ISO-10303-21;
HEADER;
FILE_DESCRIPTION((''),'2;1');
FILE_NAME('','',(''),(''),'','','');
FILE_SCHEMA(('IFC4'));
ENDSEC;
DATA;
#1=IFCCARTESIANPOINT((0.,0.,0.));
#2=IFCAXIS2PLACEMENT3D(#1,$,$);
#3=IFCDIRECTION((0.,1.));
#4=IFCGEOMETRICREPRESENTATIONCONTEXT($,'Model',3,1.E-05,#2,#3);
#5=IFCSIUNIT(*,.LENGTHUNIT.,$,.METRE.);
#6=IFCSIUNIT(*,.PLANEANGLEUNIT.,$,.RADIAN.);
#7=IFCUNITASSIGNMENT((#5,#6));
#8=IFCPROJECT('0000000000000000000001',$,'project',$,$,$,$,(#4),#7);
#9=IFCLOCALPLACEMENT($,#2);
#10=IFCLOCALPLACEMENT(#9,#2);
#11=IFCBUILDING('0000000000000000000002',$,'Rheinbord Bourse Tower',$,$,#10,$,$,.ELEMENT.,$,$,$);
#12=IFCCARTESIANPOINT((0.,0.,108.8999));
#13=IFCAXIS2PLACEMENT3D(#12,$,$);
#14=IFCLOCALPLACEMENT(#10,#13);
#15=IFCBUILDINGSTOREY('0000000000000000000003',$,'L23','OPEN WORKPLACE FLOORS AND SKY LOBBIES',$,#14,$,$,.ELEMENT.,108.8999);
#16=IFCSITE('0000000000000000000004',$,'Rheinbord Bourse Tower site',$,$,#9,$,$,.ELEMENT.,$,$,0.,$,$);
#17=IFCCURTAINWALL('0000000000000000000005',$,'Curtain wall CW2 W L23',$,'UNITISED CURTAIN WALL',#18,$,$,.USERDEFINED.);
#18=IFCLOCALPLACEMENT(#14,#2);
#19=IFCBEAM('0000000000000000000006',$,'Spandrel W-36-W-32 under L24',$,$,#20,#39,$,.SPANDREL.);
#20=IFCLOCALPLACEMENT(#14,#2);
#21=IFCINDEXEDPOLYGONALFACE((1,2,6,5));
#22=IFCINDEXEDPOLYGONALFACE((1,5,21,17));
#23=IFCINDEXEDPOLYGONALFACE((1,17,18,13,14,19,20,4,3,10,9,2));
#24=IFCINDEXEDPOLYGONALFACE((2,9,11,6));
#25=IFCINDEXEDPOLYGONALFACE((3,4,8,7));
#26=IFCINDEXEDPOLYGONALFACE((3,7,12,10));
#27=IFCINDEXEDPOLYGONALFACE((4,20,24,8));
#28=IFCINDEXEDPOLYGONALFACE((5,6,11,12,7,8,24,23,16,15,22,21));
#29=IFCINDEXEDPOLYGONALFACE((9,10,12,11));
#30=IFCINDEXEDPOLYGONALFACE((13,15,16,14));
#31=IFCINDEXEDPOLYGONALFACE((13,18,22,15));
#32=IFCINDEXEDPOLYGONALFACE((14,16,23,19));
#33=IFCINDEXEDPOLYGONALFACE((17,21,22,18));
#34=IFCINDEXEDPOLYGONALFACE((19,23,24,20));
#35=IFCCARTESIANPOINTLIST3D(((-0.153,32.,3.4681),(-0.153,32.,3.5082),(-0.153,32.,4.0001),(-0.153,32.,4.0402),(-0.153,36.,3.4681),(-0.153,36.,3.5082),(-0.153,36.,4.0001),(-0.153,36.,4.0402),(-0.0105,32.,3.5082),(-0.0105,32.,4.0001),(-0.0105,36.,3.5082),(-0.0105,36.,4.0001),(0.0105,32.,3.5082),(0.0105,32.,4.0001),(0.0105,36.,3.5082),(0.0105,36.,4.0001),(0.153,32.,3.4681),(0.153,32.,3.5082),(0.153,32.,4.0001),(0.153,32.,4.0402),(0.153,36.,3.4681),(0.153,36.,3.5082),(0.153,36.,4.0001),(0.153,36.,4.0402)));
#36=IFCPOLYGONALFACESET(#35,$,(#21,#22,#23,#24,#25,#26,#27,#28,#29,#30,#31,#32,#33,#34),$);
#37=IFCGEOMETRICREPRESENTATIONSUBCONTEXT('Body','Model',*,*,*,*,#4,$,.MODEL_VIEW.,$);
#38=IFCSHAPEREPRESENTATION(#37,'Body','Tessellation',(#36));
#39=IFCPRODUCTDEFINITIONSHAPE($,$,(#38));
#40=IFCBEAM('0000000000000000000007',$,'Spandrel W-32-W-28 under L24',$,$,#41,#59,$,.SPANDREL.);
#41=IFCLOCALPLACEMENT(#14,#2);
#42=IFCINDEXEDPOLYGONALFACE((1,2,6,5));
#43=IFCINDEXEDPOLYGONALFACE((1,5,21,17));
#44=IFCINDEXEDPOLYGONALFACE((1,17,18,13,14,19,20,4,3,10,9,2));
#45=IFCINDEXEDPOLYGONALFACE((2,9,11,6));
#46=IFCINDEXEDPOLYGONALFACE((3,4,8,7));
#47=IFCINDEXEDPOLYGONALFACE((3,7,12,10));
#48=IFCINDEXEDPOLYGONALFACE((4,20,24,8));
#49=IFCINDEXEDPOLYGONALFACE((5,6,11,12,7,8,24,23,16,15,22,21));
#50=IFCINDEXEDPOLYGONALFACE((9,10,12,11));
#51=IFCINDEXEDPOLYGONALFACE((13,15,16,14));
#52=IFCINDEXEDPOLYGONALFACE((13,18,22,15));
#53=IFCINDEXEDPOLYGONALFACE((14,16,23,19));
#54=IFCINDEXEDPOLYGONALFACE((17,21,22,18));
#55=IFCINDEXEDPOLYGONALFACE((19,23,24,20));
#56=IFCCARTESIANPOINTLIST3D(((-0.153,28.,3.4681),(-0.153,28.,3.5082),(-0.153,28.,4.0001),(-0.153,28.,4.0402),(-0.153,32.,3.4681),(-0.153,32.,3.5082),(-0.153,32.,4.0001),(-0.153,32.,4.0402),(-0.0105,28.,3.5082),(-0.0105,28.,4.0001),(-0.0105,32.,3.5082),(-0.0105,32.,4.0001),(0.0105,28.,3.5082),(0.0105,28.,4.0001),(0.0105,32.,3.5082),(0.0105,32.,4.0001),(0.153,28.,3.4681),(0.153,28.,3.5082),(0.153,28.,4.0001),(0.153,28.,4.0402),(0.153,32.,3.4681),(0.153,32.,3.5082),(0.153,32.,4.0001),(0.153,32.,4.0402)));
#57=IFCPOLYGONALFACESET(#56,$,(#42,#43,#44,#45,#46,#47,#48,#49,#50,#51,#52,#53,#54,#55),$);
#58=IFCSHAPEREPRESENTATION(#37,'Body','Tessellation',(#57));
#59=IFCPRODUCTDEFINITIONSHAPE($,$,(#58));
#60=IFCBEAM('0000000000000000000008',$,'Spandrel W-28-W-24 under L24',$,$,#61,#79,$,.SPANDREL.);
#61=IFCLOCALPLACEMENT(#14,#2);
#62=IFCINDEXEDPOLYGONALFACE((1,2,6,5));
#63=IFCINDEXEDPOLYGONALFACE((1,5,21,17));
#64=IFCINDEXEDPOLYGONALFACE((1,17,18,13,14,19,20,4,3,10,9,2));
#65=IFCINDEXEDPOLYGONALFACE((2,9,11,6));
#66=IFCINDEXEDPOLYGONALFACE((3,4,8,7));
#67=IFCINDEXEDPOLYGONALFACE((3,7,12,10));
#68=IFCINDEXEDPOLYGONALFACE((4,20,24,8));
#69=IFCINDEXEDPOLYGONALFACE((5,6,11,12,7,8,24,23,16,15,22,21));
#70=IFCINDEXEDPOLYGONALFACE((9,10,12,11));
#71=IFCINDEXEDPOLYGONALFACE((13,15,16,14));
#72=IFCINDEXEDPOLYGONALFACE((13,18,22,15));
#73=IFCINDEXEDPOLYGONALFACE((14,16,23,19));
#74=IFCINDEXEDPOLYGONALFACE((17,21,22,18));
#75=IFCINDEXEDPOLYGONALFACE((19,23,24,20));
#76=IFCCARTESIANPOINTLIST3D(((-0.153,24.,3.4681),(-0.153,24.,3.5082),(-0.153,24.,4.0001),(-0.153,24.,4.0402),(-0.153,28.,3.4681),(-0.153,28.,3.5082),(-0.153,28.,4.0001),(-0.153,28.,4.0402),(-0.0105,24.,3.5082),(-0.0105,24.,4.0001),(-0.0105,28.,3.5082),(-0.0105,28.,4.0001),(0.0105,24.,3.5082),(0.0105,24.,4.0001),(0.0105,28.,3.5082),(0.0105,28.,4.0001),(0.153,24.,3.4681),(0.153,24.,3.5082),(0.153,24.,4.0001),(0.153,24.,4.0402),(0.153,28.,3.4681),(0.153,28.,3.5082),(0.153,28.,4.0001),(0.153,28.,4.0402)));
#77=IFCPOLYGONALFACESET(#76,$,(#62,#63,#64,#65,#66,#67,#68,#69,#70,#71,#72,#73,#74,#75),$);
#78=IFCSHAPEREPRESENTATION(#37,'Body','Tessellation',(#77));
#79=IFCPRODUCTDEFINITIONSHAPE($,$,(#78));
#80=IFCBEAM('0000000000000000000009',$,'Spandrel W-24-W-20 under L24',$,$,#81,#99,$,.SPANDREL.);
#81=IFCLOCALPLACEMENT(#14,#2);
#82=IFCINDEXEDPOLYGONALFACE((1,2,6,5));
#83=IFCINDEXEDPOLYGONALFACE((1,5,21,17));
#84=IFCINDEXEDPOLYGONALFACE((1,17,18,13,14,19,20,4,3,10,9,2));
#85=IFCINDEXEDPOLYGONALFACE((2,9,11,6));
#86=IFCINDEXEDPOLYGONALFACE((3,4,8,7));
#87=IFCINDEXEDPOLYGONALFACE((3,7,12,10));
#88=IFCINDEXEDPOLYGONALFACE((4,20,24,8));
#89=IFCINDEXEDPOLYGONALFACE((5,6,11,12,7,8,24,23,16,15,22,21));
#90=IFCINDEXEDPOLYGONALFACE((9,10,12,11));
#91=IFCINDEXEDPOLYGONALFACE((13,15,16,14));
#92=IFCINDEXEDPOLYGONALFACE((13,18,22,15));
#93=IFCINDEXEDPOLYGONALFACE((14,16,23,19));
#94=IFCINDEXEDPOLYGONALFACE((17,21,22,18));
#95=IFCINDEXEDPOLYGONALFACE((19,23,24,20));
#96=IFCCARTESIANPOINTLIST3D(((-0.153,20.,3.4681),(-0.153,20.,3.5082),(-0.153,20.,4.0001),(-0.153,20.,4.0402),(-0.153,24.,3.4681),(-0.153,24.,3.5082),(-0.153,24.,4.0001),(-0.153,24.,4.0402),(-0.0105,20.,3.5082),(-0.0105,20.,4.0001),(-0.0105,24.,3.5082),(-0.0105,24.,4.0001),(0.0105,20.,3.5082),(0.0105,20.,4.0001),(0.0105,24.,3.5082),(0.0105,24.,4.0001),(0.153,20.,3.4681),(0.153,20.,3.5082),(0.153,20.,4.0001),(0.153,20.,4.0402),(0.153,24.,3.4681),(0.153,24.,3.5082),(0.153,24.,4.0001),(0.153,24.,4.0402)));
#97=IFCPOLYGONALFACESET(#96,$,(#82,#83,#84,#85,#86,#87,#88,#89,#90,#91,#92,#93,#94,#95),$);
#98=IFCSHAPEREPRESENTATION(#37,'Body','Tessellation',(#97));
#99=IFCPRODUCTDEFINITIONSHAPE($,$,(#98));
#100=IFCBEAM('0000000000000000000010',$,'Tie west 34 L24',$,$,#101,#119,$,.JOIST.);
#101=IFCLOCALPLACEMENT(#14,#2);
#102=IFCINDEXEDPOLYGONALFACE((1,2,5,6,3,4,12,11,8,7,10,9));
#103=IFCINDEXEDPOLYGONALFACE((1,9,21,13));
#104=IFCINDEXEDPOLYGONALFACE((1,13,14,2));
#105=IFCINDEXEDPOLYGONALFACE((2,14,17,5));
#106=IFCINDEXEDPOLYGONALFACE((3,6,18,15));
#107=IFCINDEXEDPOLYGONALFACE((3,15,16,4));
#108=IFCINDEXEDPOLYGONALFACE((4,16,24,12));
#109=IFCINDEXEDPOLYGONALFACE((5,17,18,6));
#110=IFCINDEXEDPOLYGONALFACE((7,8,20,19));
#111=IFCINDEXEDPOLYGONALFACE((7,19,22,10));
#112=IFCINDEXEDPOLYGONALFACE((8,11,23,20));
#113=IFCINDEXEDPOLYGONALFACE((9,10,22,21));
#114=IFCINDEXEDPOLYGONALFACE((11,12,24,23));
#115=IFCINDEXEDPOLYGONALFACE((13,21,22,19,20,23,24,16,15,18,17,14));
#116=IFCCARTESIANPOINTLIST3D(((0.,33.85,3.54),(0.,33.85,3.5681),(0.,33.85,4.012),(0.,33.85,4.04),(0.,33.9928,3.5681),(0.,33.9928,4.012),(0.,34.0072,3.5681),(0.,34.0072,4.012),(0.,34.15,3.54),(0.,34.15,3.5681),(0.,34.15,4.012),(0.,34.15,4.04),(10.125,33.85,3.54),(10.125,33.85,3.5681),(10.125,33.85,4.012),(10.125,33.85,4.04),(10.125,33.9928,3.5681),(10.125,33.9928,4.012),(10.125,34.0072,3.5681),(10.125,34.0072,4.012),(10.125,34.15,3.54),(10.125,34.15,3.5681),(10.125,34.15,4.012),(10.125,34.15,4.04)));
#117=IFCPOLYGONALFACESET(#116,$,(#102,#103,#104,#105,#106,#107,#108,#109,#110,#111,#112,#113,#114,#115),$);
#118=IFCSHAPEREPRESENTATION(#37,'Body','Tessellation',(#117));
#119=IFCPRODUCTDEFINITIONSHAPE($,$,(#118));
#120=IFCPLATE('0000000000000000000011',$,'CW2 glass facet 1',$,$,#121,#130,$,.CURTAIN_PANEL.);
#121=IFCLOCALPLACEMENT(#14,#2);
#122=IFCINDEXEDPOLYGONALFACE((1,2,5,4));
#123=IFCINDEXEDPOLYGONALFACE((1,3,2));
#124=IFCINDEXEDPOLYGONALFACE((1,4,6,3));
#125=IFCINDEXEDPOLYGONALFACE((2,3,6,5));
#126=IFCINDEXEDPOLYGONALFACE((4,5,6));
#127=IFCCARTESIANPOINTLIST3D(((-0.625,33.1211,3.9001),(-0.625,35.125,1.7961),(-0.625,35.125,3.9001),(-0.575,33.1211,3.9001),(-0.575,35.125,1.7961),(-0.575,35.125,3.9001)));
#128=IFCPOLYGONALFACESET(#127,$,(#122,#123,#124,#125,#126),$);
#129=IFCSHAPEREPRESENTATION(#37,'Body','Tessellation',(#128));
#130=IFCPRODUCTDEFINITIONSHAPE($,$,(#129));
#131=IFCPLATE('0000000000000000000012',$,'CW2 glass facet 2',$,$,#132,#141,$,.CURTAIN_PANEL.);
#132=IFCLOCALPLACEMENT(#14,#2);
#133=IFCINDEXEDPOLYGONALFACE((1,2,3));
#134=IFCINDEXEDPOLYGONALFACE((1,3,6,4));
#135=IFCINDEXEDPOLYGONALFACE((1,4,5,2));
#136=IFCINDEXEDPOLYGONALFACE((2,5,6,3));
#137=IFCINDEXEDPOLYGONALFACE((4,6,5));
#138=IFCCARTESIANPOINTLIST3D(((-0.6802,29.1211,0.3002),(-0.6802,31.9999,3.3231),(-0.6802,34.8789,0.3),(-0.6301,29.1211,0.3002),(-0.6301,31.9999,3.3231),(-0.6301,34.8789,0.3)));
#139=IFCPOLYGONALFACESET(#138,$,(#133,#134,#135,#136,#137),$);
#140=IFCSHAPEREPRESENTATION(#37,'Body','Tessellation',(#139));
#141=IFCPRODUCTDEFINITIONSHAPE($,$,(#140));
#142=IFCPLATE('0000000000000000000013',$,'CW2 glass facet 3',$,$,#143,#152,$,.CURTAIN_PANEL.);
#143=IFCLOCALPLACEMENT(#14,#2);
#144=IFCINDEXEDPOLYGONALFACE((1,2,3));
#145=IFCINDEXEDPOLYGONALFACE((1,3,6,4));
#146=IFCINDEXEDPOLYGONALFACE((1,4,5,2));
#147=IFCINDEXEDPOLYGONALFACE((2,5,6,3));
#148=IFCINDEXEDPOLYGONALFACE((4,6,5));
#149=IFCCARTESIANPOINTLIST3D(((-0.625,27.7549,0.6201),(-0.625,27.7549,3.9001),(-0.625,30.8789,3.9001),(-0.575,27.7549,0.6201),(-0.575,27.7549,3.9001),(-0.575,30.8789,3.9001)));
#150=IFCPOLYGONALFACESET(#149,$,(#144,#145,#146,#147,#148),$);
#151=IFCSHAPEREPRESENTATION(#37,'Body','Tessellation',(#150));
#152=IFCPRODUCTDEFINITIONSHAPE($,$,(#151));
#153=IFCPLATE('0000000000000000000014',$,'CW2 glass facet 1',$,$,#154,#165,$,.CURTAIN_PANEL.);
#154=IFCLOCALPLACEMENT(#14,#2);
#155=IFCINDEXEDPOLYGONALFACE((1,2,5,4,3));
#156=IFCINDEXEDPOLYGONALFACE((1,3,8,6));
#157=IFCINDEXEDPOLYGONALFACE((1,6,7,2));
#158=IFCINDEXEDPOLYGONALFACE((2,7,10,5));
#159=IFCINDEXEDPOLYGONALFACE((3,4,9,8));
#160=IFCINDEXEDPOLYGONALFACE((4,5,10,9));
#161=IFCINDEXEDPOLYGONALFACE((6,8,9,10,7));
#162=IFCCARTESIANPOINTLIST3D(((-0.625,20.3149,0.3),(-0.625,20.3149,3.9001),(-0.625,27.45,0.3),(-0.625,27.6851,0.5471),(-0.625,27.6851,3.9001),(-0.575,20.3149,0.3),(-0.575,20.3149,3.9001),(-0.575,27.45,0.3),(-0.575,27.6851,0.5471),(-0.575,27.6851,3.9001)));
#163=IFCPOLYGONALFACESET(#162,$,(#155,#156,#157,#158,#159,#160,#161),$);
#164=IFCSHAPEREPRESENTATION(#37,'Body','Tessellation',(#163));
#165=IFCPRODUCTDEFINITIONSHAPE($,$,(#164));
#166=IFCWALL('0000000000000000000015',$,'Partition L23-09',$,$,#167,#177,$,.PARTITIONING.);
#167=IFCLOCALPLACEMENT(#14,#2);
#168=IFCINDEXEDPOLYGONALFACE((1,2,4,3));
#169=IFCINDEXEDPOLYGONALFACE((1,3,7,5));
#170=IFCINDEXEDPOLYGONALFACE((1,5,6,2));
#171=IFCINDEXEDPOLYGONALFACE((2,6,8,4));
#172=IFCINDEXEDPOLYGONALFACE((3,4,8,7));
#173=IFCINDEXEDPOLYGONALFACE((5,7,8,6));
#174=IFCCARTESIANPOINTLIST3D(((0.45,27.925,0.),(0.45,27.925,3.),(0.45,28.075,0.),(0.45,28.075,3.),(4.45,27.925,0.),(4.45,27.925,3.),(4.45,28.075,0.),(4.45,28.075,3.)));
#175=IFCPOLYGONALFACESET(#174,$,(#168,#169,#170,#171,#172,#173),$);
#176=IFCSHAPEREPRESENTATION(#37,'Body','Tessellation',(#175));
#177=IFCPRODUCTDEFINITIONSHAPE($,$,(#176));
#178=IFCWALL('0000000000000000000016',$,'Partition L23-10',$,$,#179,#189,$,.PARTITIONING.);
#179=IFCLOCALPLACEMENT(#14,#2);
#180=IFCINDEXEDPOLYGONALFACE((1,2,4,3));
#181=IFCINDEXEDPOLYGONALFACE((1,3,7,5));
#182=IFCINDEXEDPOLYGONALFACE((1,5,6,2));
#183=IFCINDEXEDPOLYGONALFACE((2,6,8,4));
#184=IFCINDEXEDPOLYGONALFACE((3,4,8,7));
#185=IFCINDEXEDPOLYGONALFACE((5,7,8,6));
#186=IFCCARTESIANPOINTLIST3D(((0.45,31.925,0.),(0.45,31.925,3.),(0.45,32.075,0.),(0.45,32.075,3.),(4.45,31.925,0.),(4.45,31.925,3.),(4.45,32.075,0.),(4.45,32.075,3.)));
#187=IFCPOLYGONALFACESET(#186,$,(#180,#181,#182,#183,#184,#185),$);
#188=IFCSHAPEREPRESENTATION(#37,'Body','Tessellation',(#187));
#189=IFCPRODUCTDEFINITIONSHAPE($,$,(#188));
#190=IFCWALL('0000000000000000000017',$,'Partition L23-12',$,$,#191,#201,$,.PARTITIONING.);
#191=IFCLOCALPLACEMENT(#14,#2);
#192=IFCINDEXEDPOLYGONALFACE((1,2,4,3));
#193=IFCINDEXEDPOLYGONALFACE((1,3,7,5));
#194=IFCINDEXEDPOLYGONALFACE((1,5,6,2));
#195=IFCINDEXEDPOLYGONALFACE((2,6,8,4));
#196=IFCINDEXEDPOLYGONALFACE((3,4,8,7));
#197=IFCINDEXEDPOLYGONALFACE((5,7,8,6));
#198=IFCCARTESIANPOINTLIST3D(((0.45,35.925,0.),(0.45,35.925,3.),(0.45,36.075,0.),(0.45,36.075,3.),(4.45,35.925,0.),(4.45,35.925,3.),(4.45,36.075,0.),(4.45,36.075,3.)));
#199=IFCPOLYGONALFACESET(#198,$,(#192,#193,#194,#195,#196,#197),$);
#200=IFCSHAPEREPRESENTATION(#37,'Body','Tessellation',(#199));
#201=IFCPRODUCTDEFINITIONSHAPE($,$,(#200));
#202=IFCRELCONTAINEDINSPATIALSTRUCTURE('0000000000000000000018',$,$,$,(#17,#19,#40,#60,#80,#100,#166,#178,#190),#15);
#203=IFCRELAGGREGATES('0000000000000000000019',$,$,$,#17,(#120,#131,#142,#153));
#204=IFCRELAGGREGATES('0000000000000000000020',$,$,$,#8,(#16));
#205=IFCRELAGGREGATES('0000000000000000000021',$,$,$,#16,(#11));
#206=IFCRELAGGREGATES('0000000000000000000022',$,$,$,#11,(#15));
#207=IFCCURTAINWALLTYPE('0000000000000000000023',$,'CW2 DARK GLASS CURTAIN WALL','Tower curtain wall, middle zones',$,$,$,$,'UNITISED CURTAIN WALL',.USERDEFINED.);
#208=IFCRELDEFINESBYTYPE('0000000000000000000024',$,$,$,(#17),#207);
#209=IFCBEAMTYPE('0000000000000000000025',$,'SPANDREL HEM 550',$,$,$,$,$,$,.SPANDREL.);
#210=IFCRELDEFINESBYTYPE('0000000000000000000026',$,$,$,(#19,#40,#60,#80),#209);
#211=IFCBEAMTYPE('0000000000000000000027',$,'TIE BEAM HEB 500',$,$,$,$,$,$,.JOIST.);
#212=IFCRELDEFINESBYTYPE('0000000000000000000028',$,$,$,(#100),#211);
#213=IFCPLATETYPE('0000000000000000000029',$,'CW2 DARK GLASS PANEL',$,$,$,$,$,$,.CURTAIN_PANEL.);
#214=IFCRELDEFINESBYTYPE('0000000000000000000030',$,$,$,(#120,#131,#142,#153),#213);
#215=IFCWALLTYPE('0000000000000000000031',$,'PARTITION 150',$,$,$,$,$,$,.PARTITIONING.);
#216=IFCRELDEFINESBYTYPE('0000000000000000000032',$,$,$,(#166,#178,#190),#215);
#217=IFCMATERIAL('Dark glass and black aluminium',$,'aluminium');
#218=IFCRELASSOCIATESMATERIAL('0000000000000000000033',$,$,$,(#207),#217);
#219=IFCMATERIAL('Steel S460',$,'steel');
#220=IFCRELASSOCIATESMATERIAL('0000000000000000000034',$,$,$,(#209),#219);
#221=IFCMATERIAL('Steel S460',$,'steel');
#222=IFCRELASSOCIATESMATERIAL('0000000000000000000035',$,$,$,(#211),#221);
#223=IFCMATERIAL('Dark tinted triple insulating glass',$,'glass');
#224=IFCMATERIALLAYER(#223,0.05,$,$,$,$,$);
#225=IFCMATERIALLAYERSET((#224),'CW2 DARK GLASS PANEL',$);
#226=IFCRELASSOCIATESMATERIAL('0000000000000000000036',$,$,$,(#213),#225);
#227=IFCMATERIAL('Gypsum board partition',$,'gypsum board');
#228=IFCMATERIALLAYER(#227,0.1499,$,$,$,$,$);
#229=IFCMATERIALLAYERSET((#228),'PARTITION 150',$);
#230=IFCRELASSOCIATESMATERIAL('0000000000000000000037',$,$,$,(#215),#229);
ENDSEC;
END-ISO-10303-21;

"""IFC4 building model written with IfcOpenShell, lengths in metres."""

from ifc_helpers import new_model, si_unit, direction, frame, frame_2d, origin, origin_2d, place, context, subcontext, project, spatial, polyline, rectangle, i_section, outline, extrude, material, layer, layer_set, material_profile, profile_set, type_object, element, aggregate, save


model = new_model("IFC4")

# Units and contexts
model_context = context("Model", 3, precision=1e-05, world=origin(), true_north=direction((0.0, 1.0)))
body_context = subcontext(model_context, "Body", "Model", "MODEL_VIEW")
ifc_project = project(units=[si_unit("LENGTHUNIT", "METRE"), si_unit("PLANEANGLEUNIT", "RADIAN")], contexts=[model_context])

# Site, building, storey
site_placement = place(None, origin())
site = spatial("IfcSite", under=ifc_project, at=site_placement, Name="Rheinbord Bourse Tower site", CompositionType="ELEMENT", RefElevation=0.0)
building_placement = place(site_placement, origin())
building = spatial("IfcBuilding", under=site, at=building_placement, Name="Rheinbord Bourse Tower", CompositionType="ELEMENT")
storey_placement = place(building_placement, frame((0.0, 0.0, 108.8999)))
storey = spatial("IfcBuildingStorey", under=building, at=storey_placement, Name="L23", Description="OPEN WORKPLACE FLOORS AND SKY LOBBIES", CompositionType="ELEMENT", Elevation=108.8999)

# Curtain wall
ifc_material_1 = material(Name="Dark glass and black aluminium", Category="aluminium")
curtain_wall_type = type_object("IfcCurtainWallType", Name="CW2 DARK GLASS CURTAIN WALL", Description="Tower curtain wall, middle zones", ElementType="UNITISED CURTAIN WALL", PredefinedType="USERDEFINED", material=ifc_material_1)
curtain_wall_placement = place(storey_placement, origin())
curtain_wall = element("IfcCurtainWall", 1, at=curtain_wall_placement, inside=storey, type_object=curtain_wall_type, Name="Curtain wall CW2 W L23", ObjectType="UNITISED CURTAIN WALL", PredefinedType="USERDEFINED")

# Beams
ifc_material_2 = material(Name="Steel S460", Category="steel")
ifc_material_profile_1 = material_profile(ifc_material_2, i_section(OverallWidth=0.3059, OverallDepth=0.572, WebThickness=0.021, FlangeThickness=0.04, at=origin_2d()), Name="HEM 550")
ifc_profile_set_1 = profile_set([ifc_material_profile_1], Name="Steel S460")
beam_type_1 = type_object("IfcBeamType", Name="SPANDREL HEM 550", PredefinedType="SPANDREL", material=ifc_profile_set_1)
for number, where, z_axis, x_axis, name in (
    (2, (0.0, 36.0, 3.7542), (0.0, -1.0, 0.0), (1.0, 0.0, 0.0), "Spandrel W-36-W-32 under L24"),
    (3, (0.0, 32.0, 3.7542), (0.0, -1.0, 0.0), (1.0, 0.0, 0.0), "Spandrel W-32-W-28 under L24"),
    (4, (0.0, 28.0, 3.7542), (0.0, -1.0, 0.0), (1.0, 0.0, 0.0), "Spandrel W-28-W-24 under L24"),
    (5, (0.0, 24.0, 3.7542), (0.0, -1.0, 0.0), (1.0, 0.0, 0.0), "Spandrel W-24-W-20 under L24"),
):
    element("IfcBeam", number, at=place(storey_placement, frame(where, z_axis=z_axis, x_axis=x_axis)), inside=storey, type_object=beam_type_1, Name=name, PredefinedType="SPANDREL", context=body_context, shape_type="SweptSolid", body=[
        extrude(i_section(OverallWidth=0.3059, OverallDepth=0.572, WebThickness=0.021, FlangeThickness=0.04, at=origin_2d()), origin(), (0.0, 0.0, 1.0), 4.0),
    ])
ifc_material_3 = material(Name="Steel S460", Category="steel")
ifc_material_profile_2 = material_profile(ifc_material_3, i_section(OverallWidth=0.3, OverallDepth=0.5, WebThickness=0.0144, FlangeThickness=0.0281, at=origin_2d()), Name="HEB 500")
ifc_profile_set_2 = profile_set([ifc_material_profile_2], Name="Steel S460")
beam_type_2 = type_object("IfcBeamType", Name="TIE BEAM HEB 500", PredefinedType="JOIST", material=ifc_profile_set_2)
beam_1_placement = place(storey_placement, frame((0.0, 34.0, 3.79), z_axis=(1.0, 0.0, 0.0), x_axis=(0.0, 1.0, 0.0)))
element("IfcBeam", 6, at=beam_1_placement, inside=storey, type_object=beam_type_2, Name="Tie west 34 L24", PredefinedType="JOIST", context=body_context, shape_type="SweptSolid", body=[
    extrude(i_section(OverallWidth=0.3, OverallDepth=0.5, WebThickness=0.0144, FlangeThickness=0.0281, at=origin_2d()), origin(), (0.0, 0.0, 1.0), 10.125),
])

# Plates
ifc_material_4 = material(Name="Dark tinted triple insulating glass", Category="glass")
ifc_layer_1 = layer(ifc_material_4, 0.05)
ifc_layer_set_1 = layer_set([ifc_layer_1], Name="CW2 DARK GLASS PANEL")
plate_type = type_object("IfcPlateType", Name="CW2 DARK GLASS PANEL", PredefinedType="CURTAIN_PANEL", material=ifc_layer_set_1)
plate_1_placement = place(storey_placement, frame((-0.625, 35.125, 3.9001), z_axis=(1.0, 0.0, 0.0), x_axis=(0.0, -1.0, 0.0)))
plate_1 = element("IfcPlate", 7, at=plate_1_placement, type_object=plate_type, Name="CW2 glass facet 1", PredefinedType="CURTAIN_PANEL", context=body_context, shape_type="SweptSolid", body=[
    extrude(outline(polyline([(0.0, 0.0), (2.0039, 0.0), (0.0, 2.104), (0.0, 0.0)])), origin(), (0.0, 0.0, 1.0), 0.05),
])
plate_2_placement = place(storey_placement, frame((-0.6802, 34.8789, 0.3), z_axis=(1.0, 0.0, 0.0), x_axis=(0.0, -0.689643, 0.724149)))
plate_2 = element("IfcPlate", 8, at=plate_2_placement, type_object=plate_type, Name="CW2 glass facet 2", PredefinedType="CURTAIN_PANEL", context=body_context, shape_type="SweptSolid", body=[
    extrude(outline(polyline([(0.0, 0.0), (4.1746, 0.0), (3.9709, 4.1694), (0.0, 0.0)])), origin(), (0.0, 0.0, 1.0), 0.05),
])
plate_3_placement = place(storey_placement, frame((-0.625, 27.7549, 3.9001), z_axis=(1.0, 0.0, 0.0), x_axis=(0.0, 0.0, -1.0)))
plate_3 = element("IfcPlate", 9, at=plate_3_placement, type_object=plate_type, Name="CW2 glass facet 3", PredefinedType="CURTAIN_PANEL", context=body_context, shape_type="SweptSolid", body=[
    extrude(outline(polyline([(0.0, 0.0), (3.28, 0.0), (0.0, 3.124), (0.0, 0.0)])), origin(), (0.0, 0.0, 1.0), 0.05),
])
plate_4_placement = place(storey_placement, frame((-0.625, 27.6851, 3.9001), z_axis=(1.0, 0.0, 0.0), x_axis=(0.0, -1.0, 0.0)))
plate_4 = element("IfcPlate", 10, at=plate_4_placement, type_object=plate_type, Name="CW2 glass facet 1", PredefinedType="CURTAIN_PANEL", context=body_context, shape_type="SweptSolid", body=[
    extrude(outline(polyline([(0.0, 0.0), (7.3701, 0.0), (7.3701, 3.6001), (0.2351, 3.6001), (0.0, 3.353), (0.0, 0.0)])), origin(), (0.0, 0.0, 1.0), 0.05),
])
aggregate(curtain_wall, [plate_1, plate_2, plate_3, plate_4])

# Walls
ifc_material_5 = material(Name="Gypsum board partition", Category="gypsum board")
ifc_layer_2 = layer(ifc_material_5, 0.1499)
ifc_layer_set_2 = layer_set([ifc_layer_2], Name="PARTITION 150")
wall_type = type_object("IfcWallType", Name="PARTITION 150", PredefinedType="PARTITIONING", material=ifc_layer_set_2)
for number, where, z_axis, x_axis, name in (
    (11, (0.45, 28.0, 0.0), (0.0, 0.0, 1.0), (1.0, 0.0, 0.0), "Partition L23-09"),
    (12, (0.45, 32.0, 0.0), (0.0, 0.0, 1.0), (1.0, 0.0, 0.0), "Partition L23-10"),
    (13, (0.45, 36.0, 0.0), (0.0, 0.0, 1.0), (1.0, 0.0, 0.0), "Partition L23-12"),
):
    element("IfcWall", number, at=place(storey_placement, frame(where, z_axis=z_axis, x_axis=x_axis)), inside=storey, type_object=wall_type, Name=name, PredefinedType="PARTITIONING", context=body_context, shape_type="SweptSolid", body=[
        extrude(rectangle(XDim=4.0, YDim=0.1499, at=frame_2d((2.0, 0.0))), origin(), (0.0, 0.0, 1.0), 3.0),
    ])

save(model, "model.ifc")
